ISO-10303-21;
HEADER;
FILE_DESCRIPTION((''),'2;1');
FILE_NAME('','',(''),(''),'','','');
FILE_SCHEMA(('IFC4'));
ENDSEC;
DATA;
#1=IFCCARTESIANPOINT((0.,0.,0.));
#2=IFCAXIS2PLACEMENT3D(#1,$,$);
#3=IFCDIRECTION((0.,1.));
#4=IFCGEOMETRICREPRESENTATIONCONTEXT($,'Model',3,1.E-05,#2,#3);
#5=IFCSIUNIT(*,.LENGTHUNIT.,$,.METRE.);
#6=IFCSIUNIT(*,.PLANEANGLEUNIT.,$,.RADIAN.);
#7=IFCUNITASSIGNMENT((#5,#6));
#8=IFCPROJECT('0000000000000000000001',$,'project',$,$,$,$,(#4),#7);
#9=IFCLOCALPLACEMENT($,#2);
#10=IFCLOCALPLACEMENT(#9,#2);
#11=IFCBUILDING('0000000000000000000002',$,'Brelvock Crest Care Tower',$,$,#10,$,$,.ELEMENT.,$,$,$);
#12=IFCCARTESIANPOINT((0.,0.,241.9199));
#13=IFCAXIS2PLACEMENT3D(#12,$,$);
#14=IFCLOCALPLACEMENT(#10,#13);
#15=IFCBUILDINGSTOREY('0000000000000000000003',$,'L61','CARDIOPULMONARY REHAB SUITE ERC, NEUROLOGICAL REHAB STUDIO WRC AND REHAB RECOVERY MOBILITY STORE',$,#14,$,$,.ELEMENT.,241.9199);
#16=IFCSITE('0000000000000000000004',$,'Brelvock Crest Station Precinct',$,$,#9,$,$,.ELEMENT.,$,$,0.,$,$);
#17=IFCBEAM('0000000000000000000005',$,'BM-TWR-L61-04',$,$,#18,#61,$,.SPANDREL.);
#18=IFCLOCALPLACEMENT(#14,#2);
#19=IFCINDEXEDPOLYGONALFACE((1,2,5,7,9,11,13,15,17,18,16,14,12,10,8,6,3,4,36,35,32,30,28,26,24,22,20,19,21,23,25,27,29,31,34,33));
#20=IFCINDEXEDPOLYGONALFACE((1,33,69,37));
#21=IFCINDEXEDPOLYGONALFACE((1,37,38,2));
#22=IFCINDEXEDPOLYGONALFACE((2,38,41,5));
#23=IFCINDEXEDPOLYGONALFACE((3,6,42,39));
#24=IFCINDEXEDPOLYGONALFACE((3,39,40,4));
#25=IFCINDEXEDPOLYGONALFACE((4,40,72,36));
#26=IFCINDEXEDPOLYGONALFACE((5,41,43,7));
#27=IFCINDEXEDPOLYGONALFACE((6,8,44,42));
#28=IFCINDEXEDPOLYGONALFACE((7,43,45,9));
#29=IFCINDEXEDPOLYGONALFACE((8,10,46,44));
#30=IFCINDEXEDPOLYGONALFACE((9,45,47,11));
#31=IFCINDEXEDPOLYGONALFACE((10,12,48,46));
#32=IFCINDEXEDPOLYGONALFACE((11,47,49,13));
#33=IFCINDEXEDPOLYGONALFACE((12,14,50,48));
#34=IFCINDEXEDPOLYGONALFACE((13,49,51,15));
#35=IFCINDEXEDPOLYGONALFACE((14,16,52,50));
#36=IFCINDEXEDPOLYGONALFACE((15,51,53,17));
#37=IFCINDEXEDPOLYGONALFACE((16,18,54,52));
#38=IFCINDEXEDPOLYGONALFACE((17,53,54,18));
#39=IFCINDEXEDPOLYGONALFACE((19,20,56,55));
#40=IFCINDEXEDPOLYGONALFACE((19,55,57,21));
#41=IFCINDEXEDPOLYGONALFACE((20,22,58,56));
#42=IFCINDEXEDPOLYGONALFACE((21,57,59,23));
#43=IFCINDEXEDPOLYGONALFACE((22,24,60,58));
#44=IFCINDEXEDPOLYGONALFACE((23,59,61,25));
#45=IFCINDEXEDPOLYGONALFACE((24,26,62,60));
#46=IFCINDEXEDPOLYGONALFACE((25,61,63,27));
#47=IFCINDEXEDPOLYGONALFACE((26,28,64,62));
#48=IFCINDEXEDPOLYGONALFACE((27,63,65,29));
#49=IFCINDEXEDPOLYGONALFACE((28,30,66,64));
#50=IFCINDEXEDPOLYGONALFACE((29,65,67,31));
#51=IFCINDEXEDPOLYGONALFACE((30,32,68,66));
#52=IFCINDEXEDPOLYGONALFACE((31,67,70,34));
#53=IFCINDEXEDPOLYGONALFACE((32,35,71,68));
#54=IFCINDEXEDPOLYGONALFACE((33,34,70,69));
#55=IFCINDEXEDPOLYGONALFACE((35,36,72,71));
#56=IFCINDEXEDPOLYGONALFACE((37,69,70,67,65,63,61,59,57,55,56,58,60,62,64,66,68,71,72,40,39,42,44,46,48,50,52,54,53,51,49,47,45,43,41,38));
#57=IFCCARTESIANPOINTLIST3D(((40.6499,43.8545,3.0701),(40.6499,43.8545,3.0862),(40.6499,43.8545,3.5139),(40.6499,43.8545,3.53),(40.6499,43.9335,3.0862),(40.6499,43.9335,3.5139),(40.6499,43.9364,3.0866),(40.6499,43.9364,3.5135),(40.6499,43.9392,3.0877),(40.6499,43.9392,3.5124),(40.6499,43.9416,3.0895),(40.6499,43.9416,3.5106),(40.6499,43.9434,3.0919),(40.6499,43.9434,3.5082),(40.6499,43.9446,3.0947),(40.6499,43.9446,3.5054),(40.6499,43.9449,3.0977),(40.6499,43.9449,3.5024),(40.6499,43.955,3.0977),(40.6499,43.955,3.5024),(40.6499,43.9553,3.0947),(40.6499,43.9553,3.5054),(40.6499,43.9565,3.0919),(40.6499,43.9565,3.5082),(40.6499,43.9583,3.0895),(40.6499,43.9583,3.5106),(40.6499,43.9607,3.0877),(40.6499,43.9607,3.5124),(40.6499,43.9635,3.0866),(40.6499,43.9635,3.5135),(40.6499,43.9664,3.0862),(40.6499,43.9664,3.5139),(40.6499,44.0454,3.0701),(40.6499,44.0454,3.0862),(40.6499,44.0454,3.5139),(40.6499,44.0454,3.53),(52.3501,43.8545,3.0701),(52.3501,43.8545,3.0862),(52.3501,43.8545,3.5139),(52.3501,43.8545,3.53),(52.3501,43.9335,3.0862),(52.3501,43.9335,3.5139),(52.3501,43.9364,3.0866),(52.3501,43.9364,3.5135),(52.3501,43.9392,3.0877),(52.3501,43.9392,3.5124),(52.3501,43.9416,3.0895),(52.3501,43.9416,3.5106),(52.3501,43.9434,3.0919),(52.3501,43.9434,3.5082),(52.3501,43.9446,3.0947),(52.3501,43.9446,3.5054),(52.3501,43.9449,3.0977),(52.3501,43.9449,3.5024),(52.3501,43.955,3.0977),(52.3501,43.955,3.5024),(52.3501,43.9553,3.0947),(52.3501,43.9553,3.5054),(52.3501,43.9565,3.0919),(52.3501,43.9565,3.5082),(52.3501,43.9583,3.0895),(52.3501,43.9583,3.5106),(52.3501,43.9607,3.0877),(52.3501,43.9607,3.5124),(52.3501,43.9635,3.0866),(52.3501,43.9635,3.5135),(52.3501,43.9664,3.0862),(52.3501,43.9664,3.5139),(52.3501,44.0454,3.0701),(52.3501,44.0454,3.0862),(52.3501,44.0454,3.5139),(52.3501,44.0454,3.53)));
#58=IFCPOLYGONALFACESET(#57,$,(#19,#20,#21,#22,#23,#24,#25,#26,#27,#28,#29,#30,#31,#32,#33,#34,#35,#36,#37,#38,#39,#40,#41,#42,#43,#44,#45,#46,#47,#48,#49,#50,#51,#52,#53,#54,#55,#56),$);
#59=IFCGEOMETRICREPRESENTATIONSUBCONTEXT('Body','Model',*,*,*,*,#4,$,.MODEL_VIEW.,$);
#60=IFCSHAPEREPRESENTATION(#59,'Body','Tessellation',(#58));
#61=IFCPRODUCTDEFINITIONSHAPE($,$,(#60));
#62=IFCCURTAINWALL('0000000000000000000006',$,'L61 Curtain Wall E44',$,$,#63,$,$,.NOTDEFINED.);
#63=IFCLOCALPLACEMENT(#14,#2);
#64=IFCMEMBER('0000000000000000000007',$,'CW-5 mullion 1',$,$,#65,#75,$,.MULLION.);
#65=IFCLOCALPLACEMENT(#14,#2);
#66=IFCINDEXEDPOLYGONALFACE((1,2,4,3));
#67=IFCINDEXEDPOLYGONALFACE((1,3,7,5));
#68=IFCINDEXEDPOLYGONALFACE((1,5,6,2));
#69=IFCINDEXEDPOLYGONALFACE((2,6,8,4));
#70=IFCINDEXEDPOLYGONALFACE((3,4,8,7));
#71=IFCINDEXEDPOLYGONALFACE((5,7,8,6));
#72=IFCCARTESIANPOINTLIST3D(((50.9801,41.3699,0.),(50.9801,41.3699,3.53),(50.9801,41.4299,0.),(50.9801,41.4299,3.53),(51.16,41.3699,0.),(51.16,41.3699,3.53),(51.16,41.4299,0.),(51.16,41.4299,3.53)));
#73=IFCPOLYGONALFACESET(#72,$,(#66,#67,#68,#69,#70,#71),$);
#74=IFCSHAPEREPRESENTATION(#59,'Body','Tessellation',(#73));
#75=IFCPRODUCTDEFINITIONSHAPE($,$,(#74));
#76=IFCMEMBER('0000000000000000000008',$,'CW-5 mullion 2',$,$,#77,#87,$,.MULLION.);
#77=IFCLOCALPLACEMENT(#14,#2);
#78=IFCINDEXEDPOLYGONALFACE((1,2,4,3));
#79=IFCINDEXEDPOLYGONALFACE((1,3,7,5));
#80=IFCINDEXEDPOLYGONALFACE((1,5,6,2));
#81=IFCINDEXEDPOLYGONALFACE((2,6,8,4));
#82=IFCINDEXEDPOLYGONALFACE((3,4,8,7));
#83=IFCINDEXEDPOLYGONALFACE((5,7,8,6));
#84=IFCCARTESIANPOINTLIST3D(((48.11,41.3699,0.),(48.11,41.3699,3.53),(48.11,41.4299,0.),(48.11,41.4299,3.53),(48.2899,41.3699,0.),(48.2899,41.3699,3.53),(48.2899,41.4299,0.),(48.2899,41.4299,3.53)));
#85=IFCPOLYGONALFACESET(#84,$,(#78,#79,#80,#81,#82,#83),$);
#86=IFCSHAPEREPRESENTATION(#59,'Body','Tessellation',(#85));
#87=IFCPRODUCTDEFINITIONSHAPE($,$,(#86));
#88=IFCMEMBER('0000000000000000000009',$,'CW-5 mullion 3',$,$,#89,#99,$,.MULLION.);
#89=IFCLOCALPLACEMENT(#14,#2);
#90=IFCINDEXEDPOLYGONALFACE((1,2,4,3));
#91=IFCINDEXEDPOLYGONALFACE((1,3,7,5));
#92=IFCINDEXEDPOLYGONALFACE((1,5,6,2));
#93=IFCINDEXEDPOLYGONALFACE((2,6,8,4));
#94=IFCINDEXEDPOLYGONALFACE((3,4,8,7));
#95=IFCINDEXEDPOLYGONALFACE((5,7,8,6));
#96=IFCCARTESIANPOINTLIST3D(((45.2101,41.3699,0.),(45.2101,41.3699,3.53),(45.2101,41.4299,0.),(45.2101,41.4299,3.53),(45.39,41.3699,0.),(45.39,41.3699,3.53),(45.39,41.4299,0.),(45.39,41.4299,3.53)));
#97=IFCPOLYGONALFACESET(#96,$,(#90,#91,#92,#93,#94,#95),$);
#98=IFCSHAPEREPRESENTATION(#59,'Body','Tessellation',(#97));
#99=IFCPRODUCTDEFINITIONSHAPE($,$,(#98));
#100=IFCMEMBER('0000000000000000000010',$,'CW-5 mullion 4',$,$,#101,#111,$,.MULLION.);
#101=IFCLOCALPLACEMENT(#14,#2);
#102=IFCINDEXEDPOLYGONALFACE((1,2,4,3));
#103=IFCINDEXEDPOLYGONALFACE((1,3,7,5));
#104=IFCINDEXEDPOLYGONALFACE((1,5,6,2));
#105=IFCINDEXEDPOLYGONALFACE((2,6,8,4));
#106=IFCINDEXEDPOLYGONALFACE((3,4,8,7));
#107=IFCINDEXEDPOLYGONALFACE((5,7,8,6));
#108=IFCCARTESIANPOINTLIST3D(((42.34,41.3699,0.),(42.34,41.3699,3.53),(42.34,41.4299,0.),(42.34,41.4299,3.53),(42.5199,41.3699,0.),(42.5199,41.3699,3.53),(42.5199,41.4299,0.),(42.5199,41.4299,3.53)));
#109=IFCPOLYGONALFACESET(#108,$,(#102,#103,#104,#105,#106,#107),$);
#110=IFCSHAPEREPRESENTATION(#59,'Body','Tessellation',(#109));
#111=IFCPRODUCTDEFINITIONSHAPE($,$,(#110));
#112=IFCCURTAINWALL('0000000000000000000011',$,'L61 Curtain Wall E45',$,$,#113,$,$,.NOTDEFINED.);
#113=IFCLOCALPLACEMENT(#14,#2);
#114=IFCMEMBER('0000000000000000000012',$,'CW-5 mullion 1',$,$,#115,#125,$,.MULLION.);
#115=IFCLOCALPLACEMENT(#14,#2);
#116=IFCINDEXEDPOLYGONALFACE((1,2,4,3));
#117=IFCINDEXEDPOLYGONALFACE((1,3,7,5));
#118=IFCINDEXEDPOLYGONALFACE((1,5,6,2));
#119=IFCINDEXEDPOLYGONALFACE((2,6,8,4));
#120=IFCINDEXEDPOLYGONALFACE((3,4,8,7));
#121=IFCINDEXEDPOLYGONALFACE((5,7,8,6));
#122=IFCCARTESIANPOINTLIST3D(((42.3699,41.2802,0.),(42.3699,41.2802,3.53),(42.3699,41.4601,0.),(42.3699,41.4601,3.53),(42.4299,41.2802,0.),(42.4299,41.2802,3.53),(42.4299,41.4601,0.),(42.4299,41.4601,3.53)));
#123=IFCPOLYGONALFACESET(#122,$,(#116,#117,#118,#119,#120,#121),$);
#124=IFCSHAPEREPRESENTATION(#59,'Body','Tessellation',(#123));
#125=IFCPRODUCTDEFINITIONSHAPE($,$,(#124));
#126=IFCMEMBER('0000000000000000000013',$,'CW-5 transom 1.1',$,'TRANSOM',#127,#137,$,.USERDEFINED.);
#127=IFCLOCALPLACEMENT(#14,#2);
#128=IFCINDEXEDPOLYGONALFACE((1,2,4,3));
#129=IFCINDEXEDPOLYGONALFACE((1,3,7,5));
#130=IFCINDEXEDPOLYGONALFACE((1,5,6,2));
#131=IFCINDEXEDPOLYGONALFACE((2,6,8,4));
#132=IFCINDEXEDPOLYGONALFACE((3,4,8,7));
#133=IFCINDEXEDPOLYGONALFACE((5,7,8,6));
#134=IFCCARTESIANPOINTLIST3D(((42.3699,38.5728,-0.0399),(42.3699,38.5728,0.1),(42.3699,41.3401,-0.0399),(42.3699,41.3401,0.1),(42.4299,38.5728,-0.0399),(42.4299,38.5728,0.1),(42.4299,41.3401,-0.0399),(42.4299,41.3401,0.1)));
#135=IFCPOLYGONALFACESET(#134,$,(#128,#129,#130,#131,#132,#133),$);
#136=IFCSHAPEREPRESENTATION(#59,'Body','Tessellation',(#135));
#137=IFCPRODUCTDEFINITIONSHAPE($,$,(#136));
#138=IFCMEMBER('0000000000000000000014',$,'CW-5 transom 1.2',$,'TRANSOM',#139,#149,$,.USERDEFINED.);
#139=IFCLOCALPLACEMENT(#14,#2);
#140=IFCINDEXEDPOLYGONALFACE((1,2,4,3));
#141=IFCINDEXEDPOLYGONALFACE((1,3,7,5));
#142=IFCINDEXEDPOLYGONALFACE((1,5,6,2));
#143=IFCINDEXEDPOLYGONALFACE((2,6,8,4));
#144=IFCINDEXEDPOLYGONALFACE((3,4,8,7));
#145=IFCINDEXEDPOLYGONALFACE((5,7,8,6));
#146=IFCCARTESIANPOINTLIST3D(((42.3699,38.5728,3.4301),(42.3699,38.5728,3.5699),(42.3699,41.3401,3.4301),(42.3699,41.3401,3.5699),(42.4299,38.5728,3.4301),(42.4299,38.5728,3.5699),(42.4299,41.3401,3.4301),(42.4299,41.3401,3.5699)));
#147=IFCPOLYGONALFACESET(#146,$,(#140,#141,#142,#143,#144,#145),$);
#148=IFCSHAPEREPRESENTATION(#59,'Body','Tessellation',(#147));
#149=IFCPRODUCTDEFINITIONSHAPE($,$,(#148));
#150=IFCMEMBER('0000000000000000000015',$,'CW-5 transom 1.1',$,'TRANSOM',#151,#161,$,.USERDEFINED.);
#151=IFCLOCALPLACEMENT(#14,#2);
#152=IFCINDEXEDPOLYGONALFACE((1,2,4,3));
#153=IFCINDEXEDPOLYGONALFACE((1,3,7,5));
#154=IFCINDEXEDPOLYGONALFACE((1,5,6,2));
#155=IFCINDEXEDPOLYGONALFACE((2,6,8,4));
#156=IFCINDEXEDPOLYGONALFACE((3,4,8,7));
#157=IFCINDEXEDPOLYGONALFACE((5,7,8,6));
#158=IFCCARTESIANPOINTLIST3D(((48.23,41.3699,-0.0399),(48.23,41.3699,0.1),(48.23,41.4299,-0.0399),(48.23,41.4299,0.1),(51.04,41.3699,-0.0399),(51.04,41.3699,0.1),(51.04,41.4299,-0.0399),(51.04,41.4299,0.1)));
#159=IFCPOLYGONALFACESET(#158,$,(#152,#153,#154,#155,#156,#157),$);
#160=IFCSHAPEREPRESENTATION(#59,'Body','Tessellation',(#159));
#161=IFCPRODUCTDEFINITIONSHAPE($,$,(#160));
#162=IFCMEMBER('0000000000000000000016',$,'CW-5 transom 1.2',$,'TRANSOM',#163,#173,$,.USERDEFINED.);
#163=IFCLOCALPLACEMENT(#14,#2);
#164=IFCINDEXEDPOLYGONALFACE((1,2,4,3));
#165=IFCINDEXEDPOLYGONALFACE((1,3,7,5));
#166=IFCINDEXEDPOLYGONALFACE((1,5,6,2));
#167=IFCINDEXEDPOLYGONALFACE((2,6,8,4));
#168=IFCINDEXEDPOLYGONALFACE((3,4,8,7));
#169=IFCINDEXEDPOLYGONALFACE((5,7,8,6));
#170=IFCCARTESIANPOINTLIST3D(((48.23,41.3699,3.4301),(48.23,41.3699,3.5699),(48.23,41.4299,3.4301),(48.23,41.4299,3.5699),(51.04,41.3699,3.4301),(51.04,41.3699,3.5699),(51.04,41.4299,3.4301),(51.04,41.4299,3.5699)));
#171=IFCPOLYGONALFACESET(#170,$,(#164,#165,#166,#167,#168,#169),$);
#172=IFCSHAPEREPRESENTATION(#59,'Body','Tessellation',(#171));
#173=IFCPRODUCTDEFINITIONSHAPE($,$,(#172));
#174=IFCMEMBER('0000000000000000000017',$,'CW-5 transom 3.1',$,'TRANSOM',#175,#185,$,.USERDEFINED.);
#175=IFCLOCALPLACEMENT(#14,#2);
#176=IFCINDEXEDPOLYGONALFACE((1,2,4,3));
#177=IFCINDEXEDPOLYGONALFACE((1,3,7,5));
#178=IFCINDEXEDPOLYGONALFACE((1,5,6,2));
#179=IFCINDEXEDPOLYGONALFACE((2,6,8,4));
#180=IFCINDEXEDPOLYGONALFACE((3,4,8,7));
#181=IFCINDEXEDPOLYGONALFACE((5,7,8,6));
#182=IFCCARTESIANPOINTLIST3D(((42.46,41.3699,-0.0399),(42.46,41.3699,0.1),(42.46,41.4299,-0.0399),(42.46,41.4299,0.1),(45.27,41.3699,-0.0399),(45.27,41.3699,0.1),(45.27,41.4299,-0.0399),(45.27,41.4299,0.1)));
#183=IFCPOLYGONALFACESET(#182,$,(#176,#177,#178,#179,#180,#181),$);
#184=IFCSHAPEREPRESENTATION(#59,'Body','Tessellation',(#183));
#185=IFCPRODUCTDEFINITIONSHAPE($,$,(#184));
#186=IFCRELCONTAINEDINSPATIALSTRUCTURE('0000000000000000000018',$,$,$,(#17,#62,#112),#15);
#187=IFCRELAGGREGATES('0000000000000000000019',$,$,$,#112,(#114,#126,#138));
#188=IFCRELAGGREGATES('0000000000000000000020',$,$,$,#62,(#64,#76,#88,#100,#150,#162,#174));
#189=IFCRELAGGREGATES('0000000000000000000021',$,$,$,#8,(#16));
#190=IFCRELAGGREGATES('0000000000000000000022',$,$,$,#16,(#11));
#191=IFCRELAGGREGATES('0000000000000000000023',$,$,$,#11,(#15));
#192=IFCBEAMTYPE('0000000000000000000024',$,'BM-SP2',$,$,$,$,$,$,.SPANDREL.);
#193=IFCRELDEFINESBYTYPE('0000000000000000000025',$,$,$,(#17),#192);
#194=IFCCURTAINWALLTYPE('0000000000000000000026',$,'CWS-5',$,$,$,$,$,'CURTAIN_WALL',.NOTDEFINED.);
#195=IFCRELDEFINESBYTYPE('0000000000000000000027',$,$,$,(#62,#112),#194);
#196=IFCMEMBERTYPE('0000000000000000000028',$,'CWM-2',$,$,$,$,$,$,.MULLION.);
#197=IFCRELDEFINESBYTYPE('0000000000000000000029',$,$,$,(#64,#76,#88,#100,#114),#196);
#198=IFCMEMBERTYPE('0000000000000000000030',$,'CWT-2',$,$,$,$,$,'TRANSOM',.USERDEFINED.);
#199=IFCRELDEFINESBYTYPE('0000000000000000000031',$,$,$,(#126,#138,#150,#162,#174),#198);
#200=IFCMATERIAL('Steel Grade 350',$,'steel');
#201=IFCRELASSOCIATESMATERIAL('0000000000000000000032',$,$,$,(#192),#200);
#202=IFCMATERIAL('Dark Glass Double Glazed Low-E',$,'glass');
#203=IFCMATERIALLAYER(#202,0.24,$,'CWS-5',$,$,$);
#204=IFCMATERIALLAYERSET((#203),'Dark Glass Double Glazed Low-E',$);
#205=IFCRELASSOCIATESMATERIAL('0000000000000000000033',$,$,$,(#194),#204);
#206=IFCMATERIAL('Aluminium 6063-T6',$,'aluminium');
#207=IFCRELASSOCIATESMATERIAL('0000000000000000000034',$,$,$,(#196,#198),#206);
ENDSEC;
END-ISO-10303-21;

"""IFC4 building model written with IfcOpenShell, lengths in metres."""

from ifc_helpers import new_model, si_unit, direction, frame, origin, origin_2d, place, context, subcontext, project, spatial, rectangle, i_section, extrude, source, transform, mapped, material, layer, layer_set, material_profile, profile_set, type_object, element, aggregate, save


model = new_model("IFC4")

# Units and contexts
model_context = context("Model", 3, precision=1e-05, world=origin(), true_north=direction((0.0, 1.0)))
body_context = subcontext(model_context, "Body", "Model", "MODEL_VIEW")
ifc_project = project(units=[si_unit("LENGTHUNIT", "METRE"), si_unit("PLANEANGLEUNIT", "RADIAN")], contexts=[model_context])

# Site, building, storey
site_placement = place(None, origin())
site = spatial("IfcSite", under=ifc_project, at=site_placement, Name="Brelvock Crest Station Precinct", CompositionType="ELEMENT", RefElevation=0.0)
building_placement = place(site_placement, origin())
building = spatial("IfcBuilding", under=site, at=building_placement, Name="Brelvock Crest Care Tower", CompositionType="ELEMENT")
storey_placement = place(building_placement, frame((0.0, 0.0, 241.9199)))
storey = spatial("IfcBuildingStorey", under=building, at=storey_placement, Name="L61", Description="CARDIOPULMONARY REHAB SUITE ERC, NEUROLOGICAL REHAB STUDIO WRC AND REHAB RECOVERY MOBILITY STORE", CompositionType="ELEMENT", Elevation=241.9199)

# Shared definitions
ifc_material_1 = material(Name="Steel Grade 350", Category="steel")

# Beam
ifc_material_profile_1 = material_profile(ifc_material_1, i_section(OverallWidth=0.1909, OverallDepth=0.46, WebThickness=0.01, FlangeThickness=0.0161, FilletRadius=0.0115, at=origin_2d()), Name="460UB82.1")
ifc_profile_set_1 = profile_set([ifc_material_profile_1], Name="Steel Grade 350")
beam_type_1 = type_object("IfcBeamType", Name="BM-SP2", PredefinedType="SPANDREL", material=ifc_profile_set_1)
shared_shape_1 = source(origin(), body_context, "Body", "SweptSolid", [
    extrude(i_section(OverallWidth=0.1909, OverallDepth=0.46, WebThickness=0.01, FlangeThickness=0.0161, FilletRadius=0.0115, at=origin_2d()), origin(), (0.0, 0.0, 1.0), 11.7002),
])
beam_1_placement = place(storey_placement, frame((40.6499, 43.95, 3.3), z_axis=(1.0, 0.0, 0.0), x_axis=(0.0, 1.0, 0.0)))
element("IfcBeam", 1, at=beam_1_placement, inside=storey, type_object=beam_type_1, Name="BM-TWR-L61-04", PredefinedType="SPANDREL", context=body_context, shape_type="MappedRepresentation", body=[
    mapped(shared_shape_1, transform((0.0, 0.0, 0.0), x_axis=(1.0, 0.0, 0.0), y_axis=(0.0, 1.0, 0.0), z_axis=(0.0, 0.0, 1.0), scale=1.0)),
])

# Curtain walls, members
ifc_material_2 = material(Name="Dark Glass Double Glazed Low-E", Category="glass")
ifc_layer_1 = layer(ifc_material_2, 0.24, Name="CWS-5")
ifc_layer_set_1 = layer_set([ifc_layer_1], Name="Dark Glass Double Glazed Low-E")
curtain_wall_type = type_object("IfcCurtainWallType", Name="CWS-5", ElementType="CURTAIN_WALL", PredefinedType="NOTDEFINED", material=ifc_layer_set_1)
curtain_wall_1_placement = place(storey_placement, origin())
curtain_wall_1 = element("IfcCurtainWall", 2, at=curtain_wall_1_placement, inside=storey, type_object=curtain_wall_type, Name="L61 Curtain Wall E44", PredefinedType="NOTDEFINED")
ifc_material_3 = material(Name="Aluminium 6063-T6", Category="aluminium")
ifc_material_profile_2 = material_profile(ifc_material_3, rectangle(XDim=0.0601, YDim=0.1799, at=origin_2d()), Name="ALU60x180")
ifc_profile_set_2 = profile_set([ifc_material_profile_2], Name="Aluminium 6063-T6")
member_type_1 = type_object("IfcMemberType", Name="CWM-2", PredefinedType="MULLION", material=ifc_profile_set_2)
shared_shape_2 = source(origin(), body_context, "Body", "SweptSolid", [
    extrude(rectangle(XDim=0.0601, YDim=0.1799, at=origin_2d()), origin(), (0.0, 0.0, 1.0), 3.53),
])
member_1_placement = place(storey_placement, frame((51.0701, 41.3999, 0.0), z_axis=(0.0, 0.0, 1.0), x_axis=(0.0, -1.0, 0.0)))
member_1 = element("IfcMember", 3, at=member_1_placement, type_object=member_type_1, Name="CW-5 mullion 1", PredefinedType="MULLION", context=body_context, shape_type="MappedRepresentation", body=[
    mapped(shared_shape_2, transform((0.0, 0.0, 0.0), x_axis=(1.0, 0.0, 0.0), y_axis=(0.0, 1.0, 0.0), z_axis=(0.0, 0.0, 1.0), scale=1.0)),
])
member_2_placement = place(storey_placement, frame((48.2, 41.3999, 0.0), z_axis=(0.0, 0.0, 1.0), x_axis=(0.0, -1.0, 0.0)))
member_2 = element("IfcMember", 4, at=member_2_placement, type_object=member_type_1, Name="CW-5 mullion 2", PredefinedType="MULLION", context=body_context, shape_type="MappedRepresentation", body=[
    mapped(shared_shape_2, transform((0.0, 0.0, 0.0), x_axis=(1.0, 0.0, 0.0), y_axis=(0.0, 1.0, 0.0), z_axis=(0.0, 0.0, 1.0), scale=1.0)),
])
member_3_placement = place(storey_placement, frame((45.3, 41.3999, 0.0), z_axis=(0.0, 0.0, 1.0), x_axis=(0.0, -1.0, 0.0)))
member_3 = element("IfcMember", 5, at=member_3_placement, type_object=member_type_1, Name="CW-5 mullion 3", PredefinedType="MULLION", context=body_context, shape_type="MappedRepresentation", body=[
    mapped(shared_shape_2, transform((0.0, 0.0, 0.0), x_axis=(1.0, 0.0, 0.0), y_axis=(0.0, 1.0, 0.0), z_axis=(0.0, 0.0, 1.0), scale=1.0)),
])
member_4_placement = place(storey_placement, frame((42.4299, 41.3999, 0.0), z_axis=(0.0, 0.0, 1.0), x_axis=(0.0, -1.0, 0.0)))
member_4 = element("IfcMember", 6, at=member_4_placement, type_object=member_type_1, Name="CW-5 mullion 4", PredefinedType="MULLION", context=body_context, shape_type="MappedRepresentation", body=[
    mapped(shared_shape_2, transform((0.0, 0.0, 0.0), x_axis=(1.0, 0.0, 0.0), y_axis=(0.0, 1.0, 0.0), z_axis=(0.0, 0.0, 1.0), scale=1.0)),
])
curtain_wall_2_placement = place(storey_placement, origin())
curtain_wall_2 = element("IfcCurtainWall", 7, at=curtain_wall_2_placement, inside=storey, type_object=curtain_wall_type, Name="L61 Curtain Wall E45", PredefinedType="NOTDEFINED")
member_5_placement = place(storey_placement, frame((42.3999, 41.3701, 0.0), z_axis=(0.0, 0.0, 1.0), x_axis=(1.0, 0.0, 0.0)))
member_5 = element("IfcMember", 8, at=member_5_placement, type_object=member_type_1, Name="CW-5 mullion 1", PredefinedType="MULLION", context=body_context, shape_type="MappedRepresentation", body=[
    mapped(shared_shape_2, transform((0.0, 0.0, 0.0), x_axis=(1.0, 0.0, 0.0), y_axis=(0.0, 1.0, 0.0), z_axis=(0.0, 0.0, 1.0), scale=1.0)),
])
ifc_material_profile_3 = material_profile(ifc_material_3, rectangle(XDim=0.0601, YDim=0.1399, at=origin_2d()), Name="ALU60x140")
ifc_profile_set_3 = profile_set([ifc_material_profile_3], Name="Aluminium 6063-T6")
member_type_2 = type_object("IfcMemberType", Name="CWT-2", ElementType="TRANSOM", PredefinedType="USERDEFINED", material=ifc_profile_set_3)
shared_shape_3 = source(origin(), body_context, "Body", "SweptSolid", [
    extrude(rectangle(XDim=0.0601, YDim=0.1399, at=origin_2d()), origin(), (0.0, 0.0, 1.0), 2.7673),
])
member_6_placement = place(storey_placement, frame((42.3999, 41.3401, 0.03), z_axis=(0.0, -1.0, 0.0), x_axis=(1.0, 0.0, 0.0)))
member_6 = element("IfcMember", 9, at=member_6_placement, type_object=member_type_2, Name="CW-5 transom 1.1", ObjectType="TRANSOM", PredefinedType="USERDEFINED", context=body_context, shape_type="MappedRepresentation", body=[
    mapped(shared_shape_3, transform((0.0, 0.0, 0.0), x_axis=(1.0, 0.0, 0.0), y_axis=(0.0, 1.0, 0.0), z_axis=(0.0, 0.0, 1.0), scale=1.0)),
])
member_7_placement = place(storey_placement, frame((42.3999, 41.3401, 3.5), z_axis=(0.0, -1.0, 0.0), x_axis=(1.0, 0.0, 0.0)))
member_7 = element("IfcMember", 10, at=member_7_placement, type_object=member_type_2, Name="CW-5 transom 1.2", ObjectType="TRANSOM", PredefinedType="USERDEFINED", context=body_context, shape_type="MappedRepresentation", body=[
    mapped(shared_shape_3, transform((0.0, 0.0, 0.0), x_axis=(1.0, 0.0, 0.0), y_axis=(0.0, 1.0, 0.0), z_axis=(0.0, 0.0, 1.0), scale=1.0)),
])
aggregate(curtain_wall_2, [member_5, member_6, member_7])

# Members
shared_shape_4 = source(origin(), body_context, "Body", "SweptSolid", [
    extrude(rectangle(XDim=0.0601, YDim=0.1399, at=origin_2d()), origin(), (0.0, 0.0, 1.0), 2.8101),
])
member_8_placement = place(storey_placement, frame((51.04, 41.3999, 0.03), z_axis=(-1.0, 0.0, 0.0), x_axis=(0.0, -1.0, 0.0)))
member_8 = element("IfcMember", 11, at=member_8_placement, type_object=member_type_2, Name="CW-5 transom 1.1", ObjectType="TRANSOM", PredefinedType="USERDEFINED", context=body_context, shape_type="MappedRepresentation", body=[
    mapped(shared_shape_4, transform((0.0, 0.0, 0.0), x_axis=(1.0, 0.0, 0.0), y_axis=(0.0, 1.0, 0.0), z_axis=(0.0, 0.0, 1.0), scale=1.0)),
])
member_9_placement = place(storey_placement, frame((51.04, 41.3999, 3.5), z_axis=(-1.0, 0.0, 0.0), x_axis=(0.0, -1.0, 0.0)))
member_9 = element("IfcMember", 12, at=member_9_placement, type_object=member_type_2, Name="CW-5 transom 1.2", ObjectType="TRANSOM", PredefinedType="USERDEFINED", context=body_context, shape_type="MappedRepresentation", body=[
    mapped(shared_shape_4, transform((0.0, 0.0, 0.0), x_axis=(1.0, 0.0, 0.0), y_axis=(0.0, 1.0, 0.0), z_axis=(0.0, 0.0, 1.0), scale=1.0)),
])
member_10_placement = place(storey_placement, frame((45.27, 41.3999, 0.03), z_axis=(-1.0, 0.0, 0.0), x_axis=(0.0, -1.0, 0.0)))
member_10 = element("IfcMember", 13, at=member_10_placement, type_object=member_type_2, Name="CW-5 transom 3.1", ObjectType="TRANSOM", PredefinedType="USERDEFINED", context=body_context, shape_type="MappedRepresentation", body=[
    mapped(shared_shape_4, transform((0.0, 0.0, 0.0), x_axis=(1.0, 0.0, 0.0), y_axis=(0.0, 1.0, 0.0), z_axis=(0.0, 0.0, 1.0), scale=1.0)),
])

aggregate(curtain_wall_1, [member_1, member_2, member_3, member_4, member_8, member_9, member_10])

save(model, "model.ifc")
